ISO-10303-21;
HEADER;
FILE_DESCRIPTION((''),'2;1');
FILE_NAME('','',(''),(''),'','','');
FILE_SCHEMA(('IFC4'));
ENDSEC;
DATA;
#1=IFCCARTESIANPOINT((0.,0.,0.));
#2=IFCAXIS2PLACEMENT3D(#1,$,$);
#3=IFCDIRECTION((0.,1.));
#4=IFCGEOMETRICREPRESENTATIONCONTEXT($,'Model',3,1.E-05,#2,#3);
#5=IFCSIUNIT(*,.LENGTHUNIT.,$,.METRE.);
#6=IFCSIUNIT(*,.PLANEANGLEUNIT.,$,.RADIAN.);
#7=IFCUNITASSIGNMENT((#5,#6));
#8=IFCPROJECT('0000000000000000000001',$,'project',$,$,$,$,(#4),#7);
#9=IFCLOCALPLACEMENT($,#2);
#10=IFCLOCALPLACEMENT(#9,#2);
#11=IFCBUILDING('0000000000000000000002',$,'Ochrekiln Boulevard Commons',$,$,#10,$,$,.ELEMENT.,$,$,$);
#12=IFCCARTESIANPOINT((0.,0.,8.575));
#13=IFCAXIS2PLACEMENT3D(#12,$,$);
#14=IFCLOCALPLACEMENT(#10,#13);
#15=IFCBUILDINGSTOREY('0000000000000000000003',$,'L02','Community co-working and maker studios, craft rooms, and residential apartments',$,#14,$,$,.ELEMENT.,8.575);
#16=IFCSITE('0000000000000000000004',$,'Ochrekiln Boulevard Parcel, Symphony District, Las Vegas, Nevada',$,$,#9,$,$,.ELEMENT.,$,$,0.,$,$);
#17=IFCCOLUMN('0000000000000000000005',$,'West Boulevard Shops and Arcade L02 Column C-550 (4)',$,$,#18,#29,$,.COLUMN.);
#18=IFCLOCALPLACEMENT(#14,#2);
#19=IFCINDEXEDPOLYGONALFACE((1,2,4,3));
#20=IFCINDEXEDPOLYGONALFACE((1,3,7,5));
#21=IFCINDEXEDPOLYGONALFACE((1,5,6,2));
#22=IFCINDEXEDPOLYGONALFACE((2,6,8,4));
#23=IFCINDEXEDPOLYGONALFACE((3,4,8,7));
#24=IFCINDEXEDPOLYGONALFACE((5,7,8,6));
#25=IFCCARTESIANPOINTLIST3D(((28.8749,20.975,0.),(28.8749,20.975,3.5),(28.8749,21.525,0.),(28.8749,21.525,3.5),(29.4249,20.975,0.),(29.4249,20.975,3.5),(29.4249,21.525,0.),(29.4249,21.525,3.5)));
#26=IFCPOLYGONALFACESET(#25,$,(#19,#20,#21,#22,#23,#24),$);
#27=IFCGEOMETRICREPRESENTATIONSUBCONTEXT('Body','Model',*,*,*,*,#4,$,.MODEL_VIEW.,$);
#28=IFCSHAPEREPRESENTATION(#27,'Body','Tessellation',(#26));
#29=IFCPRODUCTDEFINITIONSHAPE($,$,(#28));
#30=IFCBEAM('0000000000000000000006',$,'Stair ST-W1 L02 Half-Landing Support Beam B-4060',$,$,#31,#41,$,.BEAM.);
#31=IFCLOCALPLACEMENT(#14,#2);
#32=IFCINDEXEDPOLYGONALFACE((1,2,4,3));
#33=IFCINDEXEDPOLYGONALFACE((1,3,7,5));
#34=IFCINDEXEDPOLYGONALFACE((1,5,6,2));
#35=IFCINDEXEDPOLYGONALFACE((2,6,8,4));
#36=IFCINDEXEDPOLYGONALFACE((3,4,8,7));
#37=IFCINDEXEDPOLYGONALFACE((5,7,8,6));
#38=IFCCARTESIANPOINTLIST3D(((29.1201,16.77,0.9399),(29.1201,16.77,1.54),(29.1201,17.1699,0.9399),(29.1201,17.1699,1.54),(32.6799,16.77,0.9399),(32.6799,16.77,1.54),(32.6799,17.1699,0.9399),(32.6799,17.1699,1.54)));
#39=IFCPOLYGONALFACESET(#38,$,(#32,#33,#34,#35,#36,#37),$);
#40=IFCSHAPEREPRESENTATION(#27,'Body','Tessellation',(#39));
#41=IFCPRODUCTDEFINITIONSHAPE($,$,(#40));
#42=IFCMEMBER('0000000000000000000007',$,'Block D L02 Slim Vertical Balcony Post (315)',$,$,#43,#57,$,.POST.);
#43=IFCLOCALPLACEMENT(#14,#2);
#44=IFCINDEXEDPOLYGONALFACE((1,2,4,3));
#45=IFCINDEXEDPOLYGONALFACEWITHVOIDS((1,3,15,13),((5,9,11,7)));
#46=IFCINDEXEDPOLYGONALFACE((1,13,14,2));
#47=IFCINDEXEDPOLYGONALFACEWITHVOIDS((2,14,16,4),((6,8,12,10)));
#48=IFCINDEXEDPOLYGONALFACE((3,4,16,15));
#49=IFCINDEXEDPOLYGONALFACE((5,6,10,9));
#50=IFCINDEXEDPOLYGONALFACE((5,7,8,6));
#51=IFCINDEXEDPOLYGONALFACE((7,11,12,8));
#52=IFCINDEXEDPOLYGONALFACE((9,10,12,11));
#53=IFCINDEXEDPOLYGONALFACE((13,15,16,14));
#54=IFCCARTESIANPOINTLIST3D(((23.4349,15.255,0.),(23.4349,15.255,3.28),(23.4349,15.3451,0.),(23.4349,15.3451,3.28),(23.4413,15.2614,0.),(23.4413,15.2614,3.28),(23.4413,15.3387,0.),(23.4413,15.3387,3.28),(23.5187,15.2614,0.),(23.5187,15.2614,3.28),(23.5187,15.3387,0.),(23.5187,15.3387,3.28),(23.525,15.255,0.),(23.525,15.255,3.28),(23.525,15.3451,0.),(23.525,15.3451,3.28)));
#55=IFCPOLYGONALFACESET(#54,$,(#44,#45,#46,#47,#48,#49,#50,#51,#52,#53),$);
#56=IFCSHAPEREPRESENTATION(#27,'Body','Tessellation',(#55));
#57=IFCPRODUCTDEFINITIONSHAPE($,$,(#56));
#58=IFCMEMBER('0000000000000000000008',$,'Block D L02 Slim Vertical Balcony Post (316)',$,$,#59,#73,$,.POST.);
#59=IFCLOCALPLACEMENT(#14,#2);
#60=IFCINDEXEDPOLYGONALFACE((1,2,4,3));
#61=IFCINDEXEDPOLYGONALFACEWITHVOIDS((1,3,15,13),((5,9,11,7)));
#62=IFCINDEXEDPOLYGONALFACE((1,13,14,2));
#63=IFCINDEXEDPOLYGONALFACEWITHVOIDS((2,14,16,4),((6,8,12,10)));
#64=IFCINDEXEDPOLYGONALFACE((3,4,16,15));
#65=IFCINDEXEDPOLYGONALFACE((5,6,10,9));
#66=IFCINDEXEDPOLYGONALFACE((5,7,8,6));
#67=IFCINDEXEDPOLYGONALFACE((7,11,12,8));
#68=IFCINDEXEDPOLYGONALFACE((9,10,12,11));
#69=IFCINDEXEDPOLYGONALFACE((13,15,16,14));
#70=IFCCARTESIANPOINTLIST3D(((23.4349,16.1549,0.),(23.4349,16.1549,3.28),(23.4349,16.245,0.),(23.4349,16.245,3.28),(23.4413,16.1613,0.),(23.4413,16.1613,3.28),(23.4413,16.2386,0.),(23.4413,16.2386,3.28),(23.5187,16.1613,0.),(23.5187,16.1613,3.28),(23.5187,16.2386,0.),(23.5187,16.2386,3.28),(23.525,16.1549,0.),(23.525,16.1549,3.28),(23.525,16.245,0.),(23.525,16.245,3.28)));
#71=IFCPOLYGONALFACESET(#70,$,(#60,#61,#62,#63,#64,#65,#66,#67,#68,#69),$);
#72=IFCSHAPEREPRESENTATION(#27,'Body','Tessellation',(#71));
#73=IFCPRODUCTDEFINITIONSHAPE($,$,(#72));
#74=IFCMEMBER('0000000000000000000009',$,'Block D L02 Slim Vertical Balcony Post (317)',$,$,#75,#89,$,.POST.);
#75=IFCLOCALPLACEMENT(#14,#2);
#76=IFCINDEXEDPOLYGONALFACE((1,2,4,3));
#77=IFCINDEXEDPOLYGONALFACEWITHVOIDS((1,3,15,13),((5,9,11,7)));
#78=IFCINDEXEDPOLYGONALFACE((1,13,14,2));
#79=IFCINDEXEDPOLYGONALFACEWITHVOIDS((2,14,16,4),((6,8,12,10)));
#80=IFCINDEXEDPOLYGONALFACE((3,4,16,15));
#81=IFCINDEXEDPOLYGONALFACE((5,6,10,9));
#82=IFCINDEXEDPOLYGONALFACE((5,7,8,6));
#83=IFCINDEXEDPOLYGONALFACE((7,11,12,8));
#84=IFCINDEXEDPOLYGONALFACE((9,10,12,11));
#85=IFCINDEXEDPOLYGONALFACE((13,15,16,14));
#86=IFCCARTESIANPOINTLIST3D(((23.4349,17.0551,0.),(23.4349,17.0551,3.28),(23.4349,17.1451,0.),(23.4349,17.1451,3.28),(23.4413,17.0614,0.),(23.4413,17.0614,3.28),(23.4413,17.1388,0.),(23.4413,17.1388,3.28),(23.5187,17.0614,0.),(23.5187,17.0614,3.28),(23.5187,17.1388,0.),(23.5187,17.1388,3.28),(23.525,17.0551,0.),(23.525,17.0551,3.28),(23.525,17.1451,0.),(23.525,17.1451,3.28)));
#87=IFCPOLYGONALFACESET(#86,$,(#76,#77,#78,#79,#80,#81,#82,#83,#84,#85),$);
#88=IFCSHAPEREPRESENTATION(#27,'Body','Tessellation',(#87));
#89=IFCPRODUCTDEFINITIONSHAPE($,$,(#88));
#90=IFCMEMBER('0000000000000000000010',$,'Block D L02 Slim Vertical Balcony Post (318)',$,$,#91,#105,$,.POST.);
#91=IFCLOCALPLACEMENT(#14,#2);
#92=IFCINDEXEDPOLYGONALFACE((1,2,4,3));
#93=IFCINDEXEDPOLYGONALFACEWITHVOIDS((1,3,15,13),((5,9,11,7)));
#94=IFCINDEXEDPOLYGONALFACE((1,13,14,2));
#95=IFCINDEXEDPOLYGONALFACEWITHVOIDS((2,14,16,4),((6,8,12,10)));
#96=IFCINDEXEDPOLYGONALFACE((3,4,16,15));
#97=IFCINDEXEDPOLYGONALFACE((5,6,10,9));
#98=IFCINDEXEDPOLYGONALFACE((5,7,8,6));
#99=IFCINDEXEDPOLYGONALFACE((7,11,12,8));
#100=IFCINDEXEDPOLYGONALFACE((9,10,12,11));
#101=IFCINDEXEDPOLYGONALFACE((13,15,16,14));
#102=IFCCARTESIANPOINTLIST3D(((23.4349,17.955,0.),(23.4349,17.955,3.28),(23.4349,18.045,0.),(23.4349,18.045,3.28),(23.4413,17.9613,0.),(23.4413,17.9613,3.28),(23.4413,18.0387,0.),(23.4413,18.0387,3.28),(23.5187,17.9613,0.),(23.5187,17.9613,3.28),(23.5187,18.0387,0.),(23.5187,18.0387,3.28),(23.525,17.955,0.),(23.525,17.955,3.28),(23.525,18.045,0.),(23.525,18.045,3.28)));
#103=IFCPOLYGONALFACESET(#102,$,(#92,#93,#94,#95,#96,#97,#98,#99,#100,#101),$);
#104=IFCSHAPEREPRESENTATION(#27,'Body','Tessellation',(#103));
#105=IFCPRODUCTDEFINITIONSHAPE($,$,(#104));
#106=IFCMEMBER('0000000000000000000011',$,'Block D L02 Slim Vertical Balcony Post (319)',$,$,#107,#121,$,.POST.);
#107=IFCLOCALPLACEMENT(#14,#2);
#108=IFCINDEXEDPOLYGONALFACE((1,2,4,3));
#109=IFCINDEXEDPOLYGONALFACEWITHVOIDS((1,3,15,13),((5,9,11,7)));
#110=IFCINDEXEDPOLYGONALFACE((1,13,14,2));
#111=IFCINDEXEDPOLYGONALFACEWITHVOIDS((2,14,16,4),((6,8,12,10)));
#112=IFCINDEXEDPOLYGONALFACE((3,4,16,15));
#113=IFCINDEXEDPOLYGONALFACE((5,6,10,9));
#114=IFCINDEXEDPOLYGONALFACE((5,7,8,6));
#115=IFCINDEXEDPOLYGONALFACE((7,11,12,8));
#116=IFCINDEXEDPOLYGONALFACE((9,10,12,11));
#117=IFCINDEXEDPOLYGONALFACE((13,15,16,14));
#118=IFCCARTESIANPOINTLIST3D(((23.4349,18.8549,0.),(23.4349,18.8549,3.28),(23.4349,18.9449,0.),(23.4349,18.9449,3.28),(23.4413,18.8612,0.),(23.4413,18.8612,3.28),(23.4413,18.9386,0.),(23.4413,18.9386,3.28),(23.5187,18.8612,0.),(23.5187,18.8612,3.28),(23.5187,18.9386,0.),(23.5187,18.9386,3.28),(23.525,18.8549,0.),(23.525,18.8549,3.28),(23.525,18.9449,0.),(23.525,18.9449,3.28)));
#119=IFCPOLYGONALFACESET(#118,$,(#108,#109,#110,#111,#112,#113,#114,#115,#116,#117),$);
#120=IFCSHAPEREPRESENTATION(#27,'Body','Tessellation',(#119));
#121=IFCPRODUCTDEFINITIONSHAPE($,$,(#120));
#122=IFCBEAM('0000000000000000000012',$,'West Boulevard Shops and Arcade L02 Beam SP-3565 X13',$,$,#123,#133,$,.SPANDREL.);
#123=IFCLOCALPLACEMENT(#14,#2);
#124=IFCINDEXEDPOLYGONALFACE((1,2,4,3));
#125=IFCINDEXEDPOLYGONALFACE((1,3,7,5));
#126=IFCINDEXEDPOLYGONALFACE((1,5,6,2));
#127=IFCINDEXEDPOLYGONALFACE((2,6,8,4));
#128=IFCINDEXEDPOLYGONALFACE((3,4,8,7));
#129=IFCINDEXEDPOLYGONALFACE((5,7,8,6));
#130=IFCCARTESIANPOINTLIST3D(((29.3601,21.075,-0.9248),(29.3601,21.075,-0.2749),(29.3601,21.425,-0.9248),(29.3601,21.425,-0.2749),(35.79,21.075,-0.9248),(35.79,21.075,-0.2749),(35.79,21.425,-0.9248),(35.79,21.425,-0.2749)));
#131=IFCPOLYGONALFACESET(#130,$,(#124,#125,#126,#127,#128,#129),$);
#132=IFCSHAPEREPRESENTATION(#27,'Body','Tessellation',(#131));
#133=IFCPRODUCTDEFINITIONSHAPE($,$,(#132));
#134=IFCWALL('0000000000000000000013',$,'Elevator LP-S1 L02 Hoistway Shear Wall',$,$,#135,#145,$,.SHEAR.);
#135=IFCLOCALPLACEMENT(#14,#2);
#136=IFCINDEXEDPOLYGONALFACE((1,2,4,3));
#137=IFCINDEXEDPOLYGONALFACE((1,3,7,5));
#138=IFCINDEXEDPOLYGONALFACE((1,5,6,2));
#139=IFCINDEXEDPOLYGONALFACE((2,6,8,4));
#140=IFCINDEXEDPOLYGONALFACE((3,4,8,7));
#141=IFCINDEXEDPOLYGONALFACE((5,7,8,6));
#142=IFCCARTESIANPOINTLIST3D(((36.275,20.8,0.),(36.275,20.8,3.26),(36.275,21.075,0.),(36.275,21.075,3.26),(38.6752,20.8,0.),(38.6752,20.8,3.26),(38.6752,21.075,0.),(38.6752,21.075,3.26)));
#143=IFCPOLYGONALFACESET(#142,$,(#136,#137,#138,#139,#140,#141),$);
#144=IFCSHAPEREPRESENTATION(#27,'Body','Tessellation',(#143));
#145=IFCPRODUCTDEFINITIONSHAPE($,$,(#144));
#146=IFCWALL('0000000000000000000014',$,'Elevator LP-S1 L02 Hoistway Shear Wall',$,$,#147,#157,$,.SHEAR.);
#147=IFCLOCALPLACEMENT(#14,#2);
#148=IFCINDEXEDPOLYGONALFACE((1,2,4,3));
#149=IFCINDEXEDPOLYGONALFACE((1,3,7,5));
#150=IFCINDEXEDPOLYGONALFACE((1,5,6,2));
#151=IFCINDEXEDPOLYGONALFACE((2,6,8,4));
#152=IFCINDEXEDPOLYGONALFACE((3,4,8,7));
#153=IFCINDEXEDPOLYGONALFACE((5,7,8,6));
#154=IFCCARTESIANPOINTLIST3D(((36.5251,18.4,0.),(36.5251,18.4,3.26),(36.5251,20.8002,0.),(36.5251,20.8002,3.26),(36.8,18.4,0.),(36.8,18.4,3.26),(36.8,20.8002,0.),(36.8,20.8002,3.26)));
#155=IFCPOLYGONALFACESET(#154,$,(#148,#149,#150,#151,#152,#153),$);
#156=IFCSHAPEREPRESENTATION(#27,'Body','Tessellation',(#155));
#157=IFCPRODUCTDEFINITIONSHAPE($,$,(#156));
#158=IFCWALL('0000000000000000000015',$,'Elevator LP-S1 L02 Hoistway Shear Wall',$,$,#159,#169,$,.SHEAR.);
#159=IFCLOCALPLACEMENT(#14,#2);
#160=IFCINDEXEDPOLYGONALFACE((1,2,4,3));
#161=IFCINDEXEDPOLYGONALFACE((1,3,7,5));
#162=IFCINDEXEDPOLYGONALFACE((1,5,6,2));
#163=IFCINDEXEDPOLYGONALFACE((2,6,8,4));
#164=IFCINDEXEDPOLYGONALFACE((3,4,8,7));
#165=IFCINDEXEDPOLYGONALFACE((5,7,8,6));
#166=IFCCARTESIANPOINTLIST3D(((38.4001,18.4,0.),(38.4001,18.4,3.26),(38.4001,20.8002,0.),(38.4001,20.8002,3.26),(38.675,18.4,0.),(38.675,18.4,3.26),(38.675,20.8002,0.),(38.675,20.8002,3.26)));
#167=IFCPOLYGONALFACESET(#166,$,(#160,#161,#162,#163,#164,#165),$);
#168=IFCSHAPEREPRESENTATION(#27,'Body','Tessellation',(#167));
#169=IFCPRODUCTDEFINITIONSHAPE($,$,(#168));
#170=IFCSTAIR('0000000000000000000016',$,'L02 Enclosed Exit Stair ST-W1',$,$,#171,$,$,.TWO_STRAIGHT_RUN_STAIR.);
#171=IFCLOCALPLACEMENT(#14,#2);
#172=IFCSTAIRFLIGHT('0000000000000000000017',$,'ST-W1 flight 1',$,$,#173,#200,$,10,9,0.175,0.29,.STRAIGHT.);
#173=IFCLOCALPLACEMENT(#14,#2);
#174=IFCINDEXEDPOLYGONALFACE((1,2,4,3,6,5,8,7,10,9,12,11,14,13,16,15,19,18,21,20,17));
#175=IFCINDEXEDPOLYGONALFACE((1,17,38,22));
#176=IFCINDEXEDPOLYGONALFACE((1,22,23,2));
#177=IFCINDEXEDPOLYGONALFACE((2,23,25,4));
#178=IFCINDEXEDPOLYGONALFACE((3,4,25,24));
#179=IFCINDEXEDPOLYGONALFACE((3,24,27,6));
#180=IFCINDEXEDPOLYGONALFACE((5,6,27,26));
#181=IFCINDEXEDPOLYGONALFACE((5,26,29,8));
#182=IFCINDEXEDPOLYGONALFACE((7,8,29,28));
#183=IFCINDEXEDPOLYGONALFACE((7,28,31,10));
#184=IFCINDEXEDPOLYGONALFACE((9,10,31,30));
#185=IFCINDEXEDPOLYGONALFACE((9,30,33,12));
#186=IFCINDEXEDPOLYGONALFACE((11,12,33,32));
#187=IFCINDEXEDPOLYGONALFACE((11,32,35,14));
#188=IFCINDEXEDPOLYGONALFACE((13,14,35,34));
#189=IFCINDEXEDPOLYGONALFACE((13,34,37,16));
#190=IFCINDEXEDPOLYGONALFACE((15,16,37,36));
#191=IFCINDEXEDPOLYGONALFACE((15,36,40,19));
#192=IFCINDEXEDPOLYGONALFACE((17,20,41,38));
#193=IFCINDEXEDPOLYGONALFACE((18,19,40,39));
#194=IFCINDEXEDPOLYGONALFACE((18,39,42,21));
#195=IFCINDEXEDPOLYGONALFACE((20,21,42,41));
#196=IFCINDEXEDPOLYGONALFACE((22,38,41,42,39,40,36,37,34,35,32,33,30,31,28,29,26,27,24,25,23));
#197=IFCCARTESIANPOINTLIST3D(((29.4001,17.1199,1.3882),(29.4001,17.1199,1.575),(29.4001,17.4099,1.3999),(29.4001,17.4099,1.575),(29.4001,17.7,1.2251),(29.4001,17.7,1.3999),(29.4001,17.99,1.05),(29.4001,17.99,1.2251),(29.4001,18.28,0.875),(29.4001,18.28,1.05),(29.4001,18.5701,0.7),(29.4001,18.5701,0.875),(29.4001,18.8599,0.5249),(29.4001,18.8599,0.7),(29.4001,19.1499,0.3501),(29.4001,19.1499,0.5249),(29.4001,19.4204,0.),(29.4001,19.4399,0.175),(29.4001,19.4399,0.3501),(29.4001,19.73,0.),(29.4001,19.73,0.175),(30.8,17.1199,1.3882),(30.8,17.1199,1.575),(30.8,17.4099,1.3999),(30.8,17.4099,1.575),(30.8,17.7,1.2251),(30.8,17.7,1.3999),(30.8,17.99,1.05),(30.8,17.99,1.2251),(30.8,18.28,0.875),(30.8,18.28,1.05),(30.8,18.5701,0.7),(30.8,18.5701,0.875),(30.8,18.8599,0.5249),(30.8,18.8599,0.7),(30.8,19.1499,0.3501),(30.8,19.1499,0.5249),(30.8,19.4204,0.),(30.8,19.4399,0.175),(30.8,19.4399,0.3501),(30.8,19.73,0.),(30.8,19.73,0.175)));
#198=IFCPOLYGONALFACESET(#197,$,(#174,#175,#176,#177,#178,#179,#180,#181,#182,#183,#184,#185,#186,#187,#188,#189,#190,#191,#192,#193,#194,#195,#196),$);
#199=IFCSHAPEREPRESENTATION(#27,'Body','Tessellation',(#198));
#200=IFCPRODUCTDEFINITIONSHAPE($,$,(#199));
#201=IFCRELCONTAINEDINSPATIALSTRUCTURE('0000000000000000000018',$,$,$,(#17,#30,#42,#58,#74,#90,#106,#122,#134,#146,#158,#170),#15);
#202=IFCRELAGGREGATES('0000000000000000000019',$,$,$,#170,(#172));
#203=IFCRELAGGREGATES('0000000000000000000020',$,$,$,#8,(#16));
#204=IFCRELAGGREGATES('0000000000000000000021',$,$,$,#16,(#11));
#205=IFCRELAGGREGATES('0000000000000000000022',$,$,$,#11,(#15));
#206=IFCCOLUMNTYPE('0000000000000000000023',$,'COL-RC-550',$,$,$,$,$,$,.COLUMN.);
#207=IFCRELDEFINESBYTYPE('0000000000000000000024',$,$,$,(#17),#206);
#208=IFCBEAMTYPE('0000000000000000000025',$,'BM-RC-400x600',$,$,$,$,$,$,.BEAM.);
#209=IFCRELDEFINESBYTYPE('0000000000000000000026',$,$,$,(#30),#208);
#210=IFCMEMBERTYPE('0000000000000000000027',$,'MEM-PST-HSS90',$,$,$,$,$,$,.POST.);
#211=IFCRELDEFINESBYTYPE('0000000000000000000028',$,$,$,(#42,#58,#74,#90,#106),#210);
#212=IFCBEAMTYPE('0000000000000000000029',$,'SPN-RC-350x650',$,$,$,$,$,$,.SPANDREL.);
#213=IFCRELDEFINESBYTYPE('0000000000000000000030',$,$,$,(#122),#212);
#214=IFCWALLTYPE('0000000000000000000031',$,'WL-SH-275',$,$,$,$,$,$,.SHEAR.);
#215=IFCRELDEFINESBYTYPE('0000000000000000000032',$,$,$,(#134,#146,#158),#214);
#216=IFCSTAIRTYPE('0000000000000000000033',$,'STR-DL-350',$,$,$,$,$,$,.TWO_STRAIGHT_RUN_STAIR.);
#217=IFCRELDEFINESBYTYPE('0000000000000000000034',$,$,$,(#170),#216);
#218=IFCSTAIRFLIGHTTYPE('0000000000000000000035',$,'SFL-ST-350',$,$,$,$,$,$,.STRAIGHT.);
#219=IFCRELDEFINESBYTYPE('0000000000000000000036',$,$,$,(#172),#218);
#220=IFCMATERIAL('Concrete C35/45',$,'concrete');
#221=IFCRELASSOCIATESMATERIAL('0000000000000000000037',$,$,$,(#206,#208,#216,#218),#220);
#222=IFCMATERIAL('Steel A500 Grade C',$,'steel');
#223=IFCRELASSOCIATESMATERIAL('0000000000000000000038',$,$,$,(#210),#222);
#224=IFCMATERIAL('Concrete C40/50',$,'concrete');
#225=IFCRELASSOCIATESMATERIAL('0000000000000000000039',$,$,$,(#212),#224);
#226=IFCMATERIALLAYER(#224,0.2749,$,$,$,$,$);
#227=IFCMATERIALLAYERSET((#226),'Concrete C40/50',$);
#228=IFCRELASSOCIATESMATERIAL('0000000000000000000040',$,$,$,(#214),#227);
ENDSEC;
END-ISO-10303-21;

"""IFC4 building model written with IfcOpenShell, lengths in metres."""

from ifc_helpers import new_model, si_unit, direction, frame, frame_2d, origin, origin_2d, place, context, subcontext, project, spatial, polyline, rectangle, hollow_rectangle, outline, extrude, material, layer, layer_set, material_profile, profile_set, type_object, element, aggregate, save


model = new_model("IFC4")

# Units and contexts
model_context = context("Model", 3, precision=1e-05, world=origin(), true_north=direction((0.0, 1.0)))
body_context = subcontext(model_context, "Body", "Model", "MODEL_VIEW")
ifc_project = project(units=[si_unit("LENGTHUNIT", "METRE"), si_unit("PLANEANGLEUNIT", "RADIAN")], contexts=[model_context])

# Site, building, storey
site_placement = place(None, origin())
site = spatial("IfcSite", under=ifc_project, at=site_placement, Name="Ochrekiln Boulevard Parcel, Symphony District, Las Vegas, Nevada", CompositionType="ELEMENT", RefElevation=0.0)
building_placement = place(site_placement, origin())
building = spatial("IfcBuilding", under=site, at=building_placement, Name="Ochrekiln Boulevard Commons", CompositionType="ELEMENT")
storey_placement = place(building_placement, frame((0.0, 0.0, 8.575)))
storey = spatial("IfcBuildingStorey", under=building, at=storey_placement, Name="L02", Description="Community co-working and maker studios, craft rooms, and residential apartments", CompositionType="ELEMENT", Elevation=8.575)

# Column
ifc_material_1 = material(Name="Concrete C35/45", Category="concrete")
ifc_material_profile_1 = material_profile(ifc_material_1, rectangle(XDim=0.55, YDim=0.55, at=origin_2d()), Name="RC-COL-550x550")
ifc_profile_set_1 = profile_set([ifc_material_profile_1], Name="Concrete C35/45")
column_type = type_object("IfcColumnType", Name="COL-RC-550", PredefinedType="COLUMN", material=ifc_profile_set_1)
column_placement = place(storey_placement, frame((29.1499, 21.25, 0.0), z_axis=(0.0, 0.0, 1.0), x_axis=(1.0, 0.0, 0.0)))
element("IfcColumn", 1, at=column_placement, inside=storey, type_object=column_type, Name="West Boulevard Shops and Arcade L02 Column C-550 (4)", PredefinedType="COLUMN", context=body_context, shape_type="SweptSolid", body=[
    extrude(rectangle(XDim=0.55, YDim=0.55, at=origin_2d()), origin(), (0.0, 0.0, 1.0), 3.5),
])

# Beam
ifc_material_profile_2 = material_profile(ifc_material_1, rectangle(XDim=0.3999, YDim=0.6001, at=origin_2d()), Name="RC-BM-400x600")
ifc_profile_set_2 = profile_set([ifc_material_profile_2], Name="Concrete C35/45")
beam_type_1 = type_object("IfcBeamType", Name="BM-RC-400x600", PredefinedType="BEAM", material=ifc_profile_set_2)
beam_1_placement = place(storey_placement, frame((29.1201, 16.97, 1.24), z_axis=(1.0, 0.0, 0.0), x_axis=(0.0, 1.0, 0.0)))
element("IfcBeam", 2, at=beam_1_placement, inside=storey, type_object=beam_type_1, Name="Stair ST-W1 L02 Half-Landing Support Beam B-4060", PredefinedType="BEAM", context=body_context, shape_type="SweptSolid", body=[
    extrude(rectangle(XDim=0.3999, YDim=0.6001, at=origin_2d()), origin(), (0.0, 0.0, 1.0), 3.5598),
])

# Members
ifc_material_2 = material(Name="Steel A500 Grade C", Category="steel")
ifc_material_profile_3 = material_profile(ifc_material_2, hollow_rectangle(XDim=0.0901, YDim=0.0901, WallThickness=0.0063, at=origin_2d()), Name="HSS90X90X6.4")
ifc_profile_set_3 = profile_set([ifc_material_profile_3], Name="Steel A500 Grade C")
member_type = type_object("IfcMemberType", Name="MEM-PST-HSS90", PredefinedType="POST", material=ifc_profile_set_3)
for number, where, z_axis, x_axis, name in (
    (3, (23.48, 15.3, 0.0), (0.0, 0.0, 1.0), (1.0, 0.0, 0.0), "Block D L02 Slim Vertical Balcony Post (315)"),
    (4, (23.48, 16.2, 0.0), (0.0, 0.0, 1.0), (1.0, 0.0, 0.0), "Block D L02 Slim Vertical Balcony Post (316)"),
    (5, (23.48, 17.1001, 0.0), (0.0, 0.0, 1.0), (1.0, 0.0, 0.0), "Block D L02 Slim Vertical Balcony Post (317)"),
    (6, (23.48, 18.0, 0.0), (0.0, 0.0, 1.0), (1.0, 0.0, 0.0), "Block D L02 Slim Vertical Balcony Post (318)"),
    (7, (23.48, 18.8999, 0.0), (0.0, 0.0, 1.0), (1.0, 0.0, 0.0), "Block D L02 Slim Vertical Balcony Post (319)"),
):
    element("IfcMember", number, at=place(storey_placement, frame(where, z_axis=z_axis, x_axis=x_axis)), inside=storey, type_object=member_type, Name=name, PredefinedType="POST", context=body_context, shape_type="SweptSolid", body=[
        extrude(hollow_rectangle(XDim=0.0901, YDim=0.0901, WallThickness=0.0063, at=origin_2d()), origin(), (0.0, 0.0, 1.0), 3.28),
    ])

# Beam
ifc_material_3 = material(Name="Concrete C40/50", Category="concrete")
ifc_material_profile_4 = material_profile(ifc_material_3, rectangle(XDim=0.3501, YDim=0.6499, at=origin_2d()), Name="RC-SPN-350x650")
ifc_profile_set_4 = profile_set([ifc_material_profile_4], Name="Concrete C40/50")
beam_type_2 = type_object("IfcBeamType", Name="SPN-RC-350x650", PredefinedType="SPANDREL", material=ifc_profile_set_4)
beam_2_placement = place(storey_placement, frame((29.3601, 21.25, -0.5999), z_axis=(1.0, 0.0, 0.0), x_axis=(0.0, 1.0, 0.0)))
element("IfcBeam", 8, at=beam_2_placement, inside=storey, type_object=beam_type_2, Name="West Boulevard Shops and Arcade L02 Beam SP-3565 X13", PredefinedType="SPANDREL", context=body_context, shape_type="SweptSolid", body=[
    extrude(rectangle(XDim=0.3501, YDim=0.6499, at=origin_2d()), origin(), (0.0, 0.0, 1.0), 6.4299),
])

# Shared definitions
ifc_layer_1 = layer(ifc_material_3, 0.2749)
ifc_layer_set_1 = layer_set([ifc_layer_1], Name="Concrete C40/50")
wall_type_1 = type_object("IfcWallType", Name="WL-SH-275", PredefinedType="SHEAR", material=ifc_layer_set_1)

# Walls
for number, where, z_axis, x_axis, name in (
    (9, (36.2749, 20.9375, 0.0), (0.0, 0.0, 1.0), (1.0, 0.0, 0.0), "Elevator LP-S1 L02 Hoistway Shear Wall"),
    (10, (36.6626, 18.3999, 0.0), (0.0, 0.0, 1.0), (0.0, 1.0, 0.0), "Elevator LP-S1 L02 Hoistway Shear Wall"),
    (11, (38.5376, 18.3999, 0.0), (0.0, 0.0, 1.0), (0.0, 1.0, 0.0), "Elevator LP-S1 L02 Hoistway Shear Wall"),
):
    element("IfcWall", number, at=place(storey_placement, frame(where, z_axis=z_axis, x_axis=x_axis)), inside=storey, type_object=wall_type_1, Name=name, PredefinedType="SHEAR", context=body_context, shape_type="SweptSolid", body=[
        extrude(rectangle(XDim=2.4001, YDim=0.2749, at=frame_2d((1.2002, 0.0))), origin(), (0.0, 0.0, 1.0), 3.26),
    ])

# Stair, stair flight
stair_type = type_object("IfcStairType", Name="STR-DL-350", PredefinedType="TWO_STRAIGHT_RUN_STAIR", material=ifc_material_1)
stair_placement = place(storey_placement, origin())
stair = element("IfcStair", 12, at=stair_placement, inside=storey, type_object=stair_type, Name="L02 Enclosed Exit Stair ST-W1", PredefinedType="TWO_STRAIGHT_RUN_STAIR")
stair_flight_type = type_object("IfcStairFlightType", Name="SFL-ST-350", PredefinedType="STRAIGHT", material=ifc_material_1)
stair_flight_1_placement = place(storey_placement, frame((30.1001, 19.73, 0.0), z_axis=(0.0, 0.0, 1.0), x_axis=(0.0, -1.0, 0.0)))
stair_flight_1 = element("IfcStairFlight", 13, at=stair_flight_1_placement, type_object=stair_flight_type, Name="ST-W1 flight 1", NumberOfRisers=10, NumberOfTreads=9, PredefinedType="STRAIGHT", RiserHeight=0.175, TreadLength=0.29, context=body_context, shape_type="SweptSolid", body=[
    extrude(outline(polyline([(0.0, 0.0), (0.0, 0.175), (0.29, 0.175), (0.29, 0.3501), (0.5801, 0.3501), (0.5801, 0.5249), (0.8701, 0.5249), (0.8701, 0.7), (1.1599, 0.7), (1.1599, 0.875), (1.45, 0.875), (1.45, 1.05), (1.74, 1.05), (1.74, 1.2251), (2.03, 1.2251), (2.03, 1.3999), (2.3201, 1.3999), (2.3201, 1.575), (2.6101, 1.575), (2.6101, 1.75), (2.6101, 1.3882), (0.3096, 0.0), (0.0, 0.0)])), frame((0.0, 0.7, 0.0), z_axis=(0.0, -1.0, 0.0), x_axis=(1.0, 0.0, 0.0)), (0.0, 0.0, 1.0), 1.3999),
])
aggregate(stair, [stair_flight_1])

save(model, "model.ifc")
